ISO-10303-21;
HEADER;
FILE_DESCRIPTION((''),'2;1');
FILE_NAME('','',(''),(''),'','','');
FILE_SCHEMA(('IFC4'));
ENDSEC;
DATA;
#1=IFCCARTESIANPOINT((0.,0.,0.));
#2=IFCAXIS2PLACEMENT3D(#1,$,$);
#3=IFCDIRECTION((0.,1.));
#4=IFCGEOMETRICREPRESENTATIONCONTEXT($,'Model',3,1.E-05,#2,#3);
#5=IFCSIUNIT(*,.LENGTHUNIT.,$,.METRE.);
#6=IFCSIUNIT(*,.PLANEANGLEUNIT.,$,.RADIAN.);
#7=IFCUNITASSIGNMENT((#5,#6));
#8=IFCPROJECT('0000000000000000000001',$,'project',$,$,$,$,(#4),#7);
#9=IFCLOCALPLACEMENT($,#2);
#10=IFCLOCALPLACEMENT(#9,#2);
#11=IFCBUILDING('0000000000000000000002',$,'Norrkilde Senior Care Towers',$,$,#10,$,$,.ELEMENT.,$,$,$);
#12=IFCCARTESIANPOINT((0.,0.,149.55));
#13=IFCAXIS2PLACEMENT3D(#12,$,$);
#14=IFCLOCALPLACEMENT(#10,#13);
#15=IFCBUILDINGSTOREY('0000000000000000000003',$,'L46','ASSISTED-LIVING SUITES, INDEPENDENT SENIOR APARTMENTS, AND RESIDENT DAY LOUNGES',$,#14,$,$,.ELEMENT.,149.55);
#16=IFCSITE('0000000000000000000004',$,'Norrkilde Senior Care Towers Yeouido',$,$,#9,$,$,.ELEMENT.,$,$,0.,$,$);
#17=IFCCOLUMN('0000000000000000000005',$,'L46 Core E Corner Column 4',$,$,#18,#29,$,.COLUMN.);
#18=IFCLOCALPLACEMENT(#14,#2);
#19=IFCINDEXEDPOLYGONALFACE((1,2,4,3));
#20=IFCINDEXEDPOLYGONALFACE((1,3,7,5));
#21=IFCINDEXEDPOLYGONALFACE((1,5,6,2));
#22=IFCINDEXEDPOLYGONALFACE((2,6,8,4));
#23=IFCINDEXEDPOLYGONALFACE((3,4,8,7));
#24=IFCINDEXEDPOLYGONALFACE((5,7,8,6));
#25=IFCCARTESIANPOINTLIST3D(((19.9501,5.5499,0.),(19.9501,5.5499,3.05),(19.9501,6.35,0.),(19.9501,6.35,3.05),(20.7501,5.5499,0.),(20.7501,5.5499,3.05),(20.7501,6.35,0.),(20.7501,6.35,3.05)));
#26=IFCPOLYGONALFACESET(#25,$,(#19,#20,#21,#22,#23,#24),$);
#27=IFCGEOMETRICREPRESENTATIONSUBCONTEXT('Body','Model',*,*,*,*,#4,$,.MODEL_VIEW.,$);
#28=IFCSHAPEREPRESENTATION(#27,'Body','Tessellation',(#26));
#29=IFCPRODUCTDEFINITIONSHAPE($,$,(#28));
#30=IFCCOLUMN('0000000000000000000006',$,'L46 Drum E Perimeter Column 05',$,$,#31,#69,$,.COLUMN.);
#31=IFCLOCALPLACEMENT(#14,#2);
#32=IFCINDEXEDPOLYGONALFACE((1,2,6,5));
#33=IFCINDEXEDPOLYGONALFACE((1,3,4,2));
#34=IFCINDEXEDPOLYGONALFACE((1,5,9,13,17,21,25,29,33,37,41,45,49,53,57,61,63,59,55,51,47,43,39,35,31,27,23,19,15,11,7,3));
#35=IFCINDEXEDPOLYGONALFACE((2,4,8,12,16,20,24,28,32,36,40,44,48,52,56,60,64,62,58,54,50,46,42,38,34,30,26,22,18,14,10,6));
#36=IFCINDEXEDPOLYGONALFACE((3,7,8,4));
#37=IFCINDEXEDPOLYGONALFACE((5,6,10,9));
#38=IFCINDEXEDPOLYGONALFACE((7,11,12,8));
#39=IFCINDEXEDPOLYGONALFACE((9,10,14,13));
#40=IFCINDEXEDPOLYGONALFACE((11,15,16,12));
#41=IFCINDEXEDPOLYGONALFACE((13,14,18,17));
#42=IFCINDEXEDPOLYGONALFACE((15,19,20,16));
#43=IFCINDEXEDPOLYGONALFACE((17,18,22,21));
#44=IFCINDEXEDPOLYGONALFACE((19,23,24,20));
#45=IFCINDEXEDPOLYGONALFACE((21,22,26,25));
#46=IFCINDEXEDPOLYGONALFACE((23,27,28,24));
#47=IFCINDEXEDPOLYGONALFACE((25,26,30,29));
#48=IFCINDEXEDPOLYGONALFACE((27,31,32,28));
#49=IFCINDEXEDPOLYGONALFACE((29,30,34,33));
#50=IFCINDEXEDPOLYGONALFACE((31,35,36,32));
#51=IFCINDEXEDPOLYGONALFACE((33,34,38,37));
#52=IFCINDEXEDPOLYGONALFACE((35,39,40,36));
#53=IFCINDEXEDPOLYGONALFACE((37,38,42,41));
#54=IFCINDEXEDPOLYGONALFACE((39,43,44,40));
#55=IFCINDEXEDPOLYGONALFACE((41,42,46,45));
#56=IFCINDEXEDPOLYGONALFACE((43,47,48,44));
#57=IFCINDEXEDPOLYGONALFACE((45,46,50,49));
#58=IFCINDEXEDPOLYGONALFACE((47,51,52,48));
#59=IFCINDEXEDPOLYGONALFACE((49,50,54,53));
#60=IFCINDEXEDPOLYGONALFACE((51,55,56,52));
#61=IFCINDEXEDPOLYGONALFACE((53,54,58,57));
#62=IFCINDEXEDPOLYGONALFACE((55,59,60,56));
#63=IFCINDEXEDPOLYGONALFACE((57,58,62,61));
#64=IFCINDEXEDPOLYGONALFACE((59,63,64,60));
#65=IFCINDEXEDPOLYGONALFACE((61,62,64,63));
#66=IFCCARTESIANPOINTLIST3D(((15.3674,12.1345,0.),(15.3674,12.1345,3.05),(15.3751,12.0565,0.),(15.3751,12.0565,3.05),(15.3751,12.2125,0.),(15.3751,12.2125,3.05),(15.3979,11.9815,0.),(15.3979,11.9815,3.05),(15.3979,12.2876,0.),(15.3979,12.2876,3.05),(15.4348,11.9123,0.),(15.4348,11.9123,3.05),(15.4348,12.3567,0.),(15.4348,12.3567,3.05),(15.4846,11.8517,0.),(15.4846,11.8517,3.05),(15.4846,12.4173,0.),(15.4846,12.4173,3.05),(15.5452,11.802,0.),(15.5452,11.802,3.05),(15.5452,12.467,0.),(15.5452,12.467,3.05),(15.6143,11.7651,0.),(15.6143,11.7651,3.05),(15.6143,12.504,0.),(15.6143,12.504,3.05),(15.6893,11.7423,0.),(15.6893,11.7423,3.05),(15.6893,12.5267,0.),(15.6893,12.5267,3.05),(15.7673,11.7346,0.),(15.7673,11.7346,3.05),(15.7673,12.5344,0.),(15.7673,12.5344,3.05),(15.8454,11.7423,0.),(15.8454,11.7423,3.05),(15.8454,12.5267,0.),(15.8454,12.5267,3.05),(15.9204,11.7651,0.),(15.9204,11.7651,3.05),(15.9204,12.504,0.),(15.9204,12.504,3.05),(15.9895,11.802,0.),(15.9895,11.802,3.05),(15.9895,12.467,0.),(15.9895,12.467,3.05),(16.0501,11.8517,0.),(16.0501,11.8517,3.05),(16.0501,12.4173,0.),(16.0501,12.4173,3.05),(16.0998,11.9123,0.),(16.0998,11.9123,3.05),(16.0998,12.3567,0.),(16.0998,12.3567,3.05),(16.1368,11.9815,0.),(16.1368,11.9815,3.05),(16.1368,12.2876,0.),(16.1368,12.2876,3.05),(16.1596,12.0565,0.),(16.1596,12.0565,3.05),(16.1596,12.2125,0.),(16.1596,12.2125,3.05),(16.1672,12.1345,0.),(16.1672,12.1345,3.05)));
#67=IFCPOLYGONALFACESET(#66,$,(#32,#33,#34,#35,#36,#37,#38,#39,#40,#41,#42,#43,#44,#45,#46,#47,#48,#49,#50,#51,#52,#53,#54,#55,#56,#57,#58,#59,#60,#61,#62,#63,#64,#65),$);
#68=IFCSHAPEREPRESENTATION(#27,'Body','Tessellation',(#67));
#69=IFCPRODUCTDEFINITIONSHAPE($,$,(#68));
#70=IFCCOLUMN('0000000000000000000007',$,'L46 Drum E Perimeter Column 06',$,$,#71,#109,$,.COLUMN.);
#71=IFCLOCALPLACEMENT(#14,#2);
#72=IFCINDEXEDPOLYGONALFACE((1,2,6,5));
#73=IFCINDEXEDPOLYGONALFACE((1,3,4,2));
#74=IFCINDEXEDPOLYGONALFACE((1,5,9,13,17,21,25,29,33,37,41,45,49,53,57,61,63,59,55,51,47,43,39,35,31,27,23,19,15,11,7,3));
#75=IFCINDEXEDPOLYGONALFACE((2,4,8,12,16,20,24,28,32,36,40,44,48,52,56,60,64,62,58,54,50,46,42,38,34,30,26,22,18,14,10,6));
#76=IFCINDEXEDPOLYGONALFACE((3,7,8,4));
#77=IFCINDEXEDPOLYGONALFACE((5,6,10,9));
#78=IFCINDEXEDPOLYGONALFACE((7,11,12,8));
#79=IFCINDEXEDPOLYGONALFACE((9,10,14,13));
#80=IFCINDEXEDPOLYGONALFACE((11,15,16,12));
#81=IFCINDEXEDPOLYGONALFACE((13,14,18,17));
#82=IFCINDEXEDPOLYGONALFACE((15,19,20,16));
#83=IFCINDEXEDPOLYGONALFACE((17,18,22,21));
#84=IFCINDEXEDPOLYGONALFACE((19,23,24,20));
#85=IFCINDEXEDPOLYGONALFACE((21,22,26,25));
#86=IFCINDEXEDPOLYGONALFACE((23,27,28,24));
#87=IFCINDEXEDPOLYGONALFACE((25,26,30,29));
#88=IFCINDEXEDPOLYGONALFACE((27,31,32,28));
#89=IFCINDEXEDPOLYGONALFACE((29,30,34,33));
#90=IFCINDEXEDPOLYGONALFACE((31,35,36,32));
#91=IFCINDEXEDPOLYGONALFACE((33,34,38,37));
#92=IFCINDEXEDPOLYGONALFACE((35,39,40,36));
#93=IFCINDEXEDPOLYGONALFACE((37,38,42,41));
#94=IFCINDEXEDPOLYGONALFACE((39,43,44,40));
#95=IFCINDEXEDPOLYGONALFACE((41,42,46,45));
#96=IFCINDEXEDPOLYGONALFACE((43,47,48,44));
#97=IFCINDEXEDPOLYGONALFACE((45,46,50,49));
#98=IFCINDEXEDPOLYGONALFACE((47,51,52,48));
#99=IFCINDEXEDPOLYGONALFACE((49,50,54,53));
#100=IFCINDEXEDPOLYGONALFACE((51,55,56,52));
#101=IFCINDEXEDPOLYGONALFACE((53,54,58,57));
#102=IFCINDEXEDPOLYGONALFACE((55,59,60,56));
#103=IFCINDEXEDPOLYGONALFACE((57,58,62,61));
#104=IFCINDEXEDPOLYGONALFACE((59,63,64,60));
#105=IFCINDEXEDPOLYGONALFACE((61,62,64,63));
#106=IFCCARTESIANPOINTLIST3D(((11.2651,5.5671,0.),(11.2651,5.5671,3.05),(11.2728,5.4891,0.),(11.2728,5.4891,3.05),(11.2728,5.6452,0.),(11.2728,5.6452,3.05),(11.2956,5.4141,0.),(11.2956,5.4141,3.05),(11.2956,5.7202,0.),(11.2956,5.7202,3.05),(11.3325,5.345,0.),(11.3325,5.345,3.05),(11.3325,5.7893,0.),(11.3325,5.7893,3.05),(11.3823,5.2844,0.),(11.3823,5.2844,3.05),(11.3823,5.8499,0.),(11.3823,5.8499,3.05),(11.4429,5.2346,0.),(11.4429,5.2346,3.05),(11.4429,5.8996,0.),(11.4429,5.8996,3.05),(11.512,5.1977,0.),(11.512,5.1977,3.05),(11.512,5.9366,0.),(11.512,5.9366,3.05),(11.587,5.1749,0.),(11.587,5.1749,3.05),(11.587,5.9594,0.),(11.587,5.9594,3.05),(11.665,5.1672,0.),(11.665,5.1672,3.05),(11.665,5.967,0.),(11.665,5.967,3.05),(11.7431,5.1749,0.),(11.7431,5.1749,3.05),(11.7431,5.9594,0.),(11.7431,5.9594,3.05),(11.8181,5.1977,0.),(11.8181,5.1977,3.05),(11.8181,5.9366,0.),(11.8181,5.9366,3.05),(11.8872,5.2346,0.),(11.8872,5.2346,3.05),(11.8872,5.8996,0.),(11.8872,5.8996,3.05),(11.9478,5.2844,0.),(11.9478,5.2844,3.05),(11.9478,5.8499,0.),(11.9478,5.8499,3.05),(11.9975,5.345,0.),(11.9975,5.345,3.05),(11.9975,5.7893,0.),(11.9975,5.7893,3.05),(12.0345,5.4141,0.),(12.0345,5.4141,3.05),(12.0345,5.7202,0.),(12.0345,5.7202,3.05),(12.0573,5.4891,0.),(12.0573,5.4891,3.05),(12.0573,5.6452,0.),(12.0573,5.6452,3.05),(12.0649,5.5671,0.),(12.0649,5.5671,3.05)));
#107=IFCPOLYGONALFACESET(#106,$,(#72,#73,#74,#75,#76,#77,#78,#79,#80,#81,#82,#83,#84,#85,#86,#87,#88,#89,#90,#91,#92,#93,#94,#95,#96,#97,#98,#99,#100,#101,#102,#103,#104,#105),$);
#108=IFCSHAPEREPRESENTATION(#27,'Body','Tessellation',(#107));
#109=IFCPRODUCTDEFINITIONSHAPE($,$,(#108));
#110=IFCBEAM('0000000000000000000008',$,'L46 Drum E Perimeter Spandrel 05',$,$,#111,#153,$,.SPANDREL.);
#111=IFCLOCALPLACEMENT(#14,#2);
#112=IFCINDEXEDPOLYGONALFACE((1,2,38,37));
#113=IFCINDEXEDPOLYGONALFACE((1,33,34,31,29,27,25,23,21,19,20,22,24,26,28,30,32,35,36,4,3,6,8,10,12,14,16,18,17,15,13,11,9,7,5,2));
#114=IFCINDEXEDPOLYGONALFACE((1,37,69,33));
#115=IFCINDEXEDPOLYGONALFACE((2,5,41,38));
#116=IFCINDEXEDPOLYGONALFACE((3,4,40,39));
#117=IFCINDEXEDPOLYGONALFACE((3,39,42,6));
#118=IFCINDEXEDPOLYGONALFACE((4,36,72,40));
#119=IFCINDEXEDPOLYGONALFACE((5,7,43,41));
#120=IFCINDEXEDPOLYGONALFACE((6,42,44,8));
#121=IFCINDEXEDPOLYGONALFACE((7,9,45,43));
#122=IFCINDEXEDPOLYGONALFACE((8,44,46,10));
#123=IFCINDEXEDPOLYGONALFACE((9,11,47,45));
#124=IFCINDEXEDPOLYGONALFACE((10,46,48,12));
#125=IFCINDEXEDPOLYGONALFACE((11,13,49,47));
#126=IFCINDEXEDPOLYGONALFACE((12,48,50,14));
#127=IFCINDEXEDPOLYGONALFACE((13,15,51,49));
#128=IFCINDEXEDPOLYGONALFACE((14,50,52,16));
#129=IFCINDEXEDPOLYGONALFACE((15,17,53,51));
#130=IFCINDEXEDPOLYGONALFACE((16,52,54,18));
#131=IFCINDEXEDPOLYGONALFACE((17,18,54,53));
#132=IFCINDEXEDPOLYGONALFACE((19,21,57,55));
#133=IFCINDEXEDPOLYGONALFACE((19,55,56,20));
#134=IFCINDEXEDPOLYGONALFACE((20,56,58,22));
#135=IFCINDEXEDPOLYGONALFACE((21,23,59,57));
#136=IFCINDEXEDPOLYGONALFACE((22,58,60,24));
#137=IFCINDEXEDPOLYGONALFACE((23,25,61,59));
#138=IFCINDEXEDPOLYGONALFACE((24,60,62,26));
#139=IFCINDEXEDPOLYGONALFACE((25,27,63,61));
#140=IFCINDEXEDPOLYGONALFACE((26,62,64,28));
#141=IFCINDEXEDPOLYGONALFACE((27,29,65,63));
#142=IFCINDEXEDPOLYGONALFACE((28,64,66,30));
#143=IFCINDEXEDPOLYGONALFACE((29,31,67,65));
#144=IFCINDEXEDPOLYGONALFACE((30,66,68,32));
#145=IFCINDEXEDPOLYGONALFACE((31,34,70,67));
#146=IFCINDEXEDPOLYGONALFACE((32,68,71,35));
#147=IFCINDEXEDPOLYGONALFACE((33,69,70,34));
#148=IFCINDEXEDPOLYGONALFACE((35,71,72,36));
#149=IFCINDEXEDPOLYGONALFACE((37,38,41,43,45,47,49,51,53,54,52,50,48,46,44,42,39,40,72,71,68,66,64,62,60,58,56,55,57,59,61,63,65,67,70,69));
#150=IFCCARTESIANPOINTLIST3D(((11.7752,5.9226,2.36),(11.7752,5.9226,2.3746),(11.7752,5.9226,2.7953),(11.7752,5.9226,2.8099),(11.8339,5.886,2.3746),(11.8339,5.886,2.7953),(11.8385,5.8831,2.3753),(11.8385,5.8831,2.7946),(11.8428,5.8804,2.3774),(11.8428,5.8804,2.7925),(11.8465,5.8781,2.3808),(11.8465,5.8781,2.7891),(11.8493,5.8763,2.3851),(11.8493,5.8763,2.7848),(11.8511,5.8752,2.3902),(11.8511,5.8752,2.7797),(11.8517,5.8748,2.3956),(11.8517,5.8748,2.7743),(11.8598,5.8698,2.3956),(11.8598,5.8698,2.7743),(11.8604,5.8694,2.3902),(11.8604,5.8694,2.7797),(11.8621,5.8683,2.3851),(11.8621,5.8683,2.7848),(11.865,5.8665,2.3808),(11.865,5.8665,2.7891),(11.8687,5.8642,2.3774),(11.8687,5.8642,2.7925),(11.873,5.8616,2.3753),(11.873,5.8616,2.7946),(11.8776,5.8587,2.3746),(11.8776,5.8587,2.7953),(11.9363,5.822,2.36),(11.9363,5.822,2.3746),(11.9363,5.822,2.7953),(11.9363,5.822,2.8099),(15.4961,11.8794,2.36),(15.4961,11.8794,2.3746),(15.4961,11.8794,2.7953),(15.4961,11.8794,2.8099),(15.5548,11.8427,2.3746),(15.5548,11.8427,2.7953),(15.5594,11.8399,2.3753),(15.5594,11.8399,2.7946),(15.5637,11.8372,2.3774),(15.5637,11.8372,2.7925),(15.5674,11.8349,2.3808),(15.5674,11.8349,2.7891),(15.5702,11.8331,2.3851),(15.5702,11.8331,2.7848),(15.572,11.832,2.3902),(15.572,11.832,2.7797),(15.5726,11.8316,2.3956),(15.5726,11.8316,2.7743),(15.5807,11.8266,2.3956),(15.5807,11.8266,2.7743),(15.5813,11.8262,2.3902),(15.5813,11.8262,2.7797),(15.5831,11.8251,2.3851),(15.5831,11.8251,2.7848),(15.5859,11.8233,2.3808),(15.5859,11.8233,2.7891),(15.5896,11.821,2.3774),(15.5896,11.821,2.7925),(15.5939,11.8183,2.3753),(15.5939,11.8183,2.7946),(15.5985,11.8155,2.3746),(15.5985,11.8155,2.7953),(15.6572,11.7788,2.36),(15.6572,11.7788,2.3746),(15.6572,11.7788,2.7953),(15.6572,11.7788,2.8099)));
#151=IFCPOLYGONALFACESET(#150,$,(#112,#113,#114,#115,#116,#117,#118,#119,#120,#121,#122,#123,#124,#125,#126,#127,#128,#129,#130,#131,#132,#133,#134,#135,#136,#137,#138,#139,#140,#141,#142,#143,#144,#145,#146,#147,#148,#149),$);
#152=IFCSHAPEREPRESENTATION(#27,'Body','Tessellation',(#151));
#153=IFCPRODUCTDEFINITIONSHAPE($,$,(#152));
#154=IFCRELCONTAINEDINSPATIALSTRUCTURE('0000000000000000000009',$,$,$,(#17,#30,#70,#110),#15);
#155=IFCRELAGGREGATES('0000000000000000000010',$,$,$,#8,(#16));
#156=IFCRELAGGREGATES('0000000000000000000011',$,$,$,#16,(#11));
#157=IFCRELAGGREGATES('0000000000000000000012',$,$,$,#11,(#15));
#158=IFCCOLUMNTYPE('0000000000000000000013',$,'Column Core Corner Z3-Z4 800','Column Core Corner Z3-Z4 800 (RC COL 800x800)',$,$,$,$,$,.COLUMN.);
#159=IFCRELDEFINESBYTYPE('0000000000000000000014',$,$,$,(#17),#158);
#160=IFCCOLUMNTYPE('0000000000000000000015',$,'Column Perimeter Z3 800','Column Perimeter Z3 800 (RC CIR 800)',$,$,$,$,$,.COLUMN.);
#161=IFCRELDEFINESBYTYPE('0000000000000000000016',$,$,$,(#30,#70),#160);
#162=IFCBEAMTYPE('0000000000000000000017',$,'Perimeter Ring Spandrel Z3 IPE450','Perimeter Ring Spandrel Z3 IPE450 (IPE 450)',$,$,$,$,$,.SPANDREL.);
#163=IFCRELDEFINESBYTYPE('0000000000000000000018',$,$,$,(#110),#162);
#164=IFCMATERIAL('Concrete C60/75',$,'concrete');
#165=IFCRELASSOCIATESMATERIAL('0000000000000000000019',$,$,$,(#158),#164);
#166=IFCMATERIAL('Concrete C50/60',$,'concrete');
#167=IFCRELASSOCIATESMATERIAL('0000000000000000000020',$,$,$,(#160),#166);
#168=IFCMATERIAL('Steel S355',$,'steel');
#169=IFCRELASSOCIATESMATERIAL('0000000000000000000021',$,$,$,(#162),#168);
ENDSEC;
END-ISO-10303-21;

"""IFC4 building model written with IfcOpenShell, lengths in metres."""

from ifc_helpers import new_model, si_unit, direction, frame, origin, origin_2d, place, context, subcontext, project, spatial, rectangle, circle, i_section, extrude, source, transform, mapped, material, material_profile, profile_set, type_object, type_shapes, element, save


model = new_model("IFC4")

# Units and contexts
model_context = context("Model", 3, precision=1e-05, world=origin(), true_north=direction((0.0, 1.0)))
body_context = subcontext(model_context, "Body", "Model", "MODEL_VIEW")
ifc_project = project(units=[si_unit("LENGTHUNIT", "METRE"), si_unit("PLANEANGLEUNIT", "RADIAN")], contexts=[model_context])

# Site, building, storey
site_placement = place(None, origin())
site = spatial("IfcSite", under=ifc_project, at=site_placement, Name="Norrkilde Senior Care Towers Yeouido", CompositionType="ELEMENT", RefElevation=0.0)
building_placement = place(site_placement, origin())
building = spatial("IfcBuilding", under=site, at=building_placement, Name="Norrkilde Senior Care Towers", CompositionType="ELEMENT")
storey_placement = place(building_placement, frame((0.0, 0.0, 149.55)))
storey = spatial("IfcBuildingStorey", under=building, at=storey_placement, Name="L46", Description="ASSISTED-LIVING SUITES, INDEPENDENT SENIOR APARTMENTS, AND RESIDENT DAY LOUNGES", CompositionType="ELEMENT", Elevation=149.55)

# Columns
ifc_material_1 = material(Name="Concrete C60/75", Category="concrete")
ifc_material_profile_1 = material_profile(ifc_material_1, rectangle(XDim=0.8, YDim=0.8, at=origin_2d()), Name="RC COL 800x800")
ifc_profile_set_1 = profile_set([ifc_material_profile_1], Name="Concrete C60/75")
column_type_1 = type_object("IfcColumnType", Name="Column Core Corner Z3-Z4 800", Description="Column Core Corner Z3-Z4 800 (RC COL 800x800)", PredefinedType="COLUMN", material=ifc_profile_set_1)
shared_shape_1 = source(origin(), body_context, "Body", "SweptSolid", [
    extrude(rectangle(XDim=0.8, YDim=0.8, at=origin_2d()), origin(), (0.0, 0.0, 1.0), 3.05),
])
type_shapes(column_type_1, [shared_shape_1])
column_placement = place(storey_placement, frame((20.3501, 5.95, 0.0), z_axis=(0.0, 0.0, 1.0), x_axis=(1.0, 0.0, 0.0)))
element("IfcColumn", 1, at=column_placement, inside=storey, type_object=column_type_1, Name="L46 Core E Corner Column 4", PredefinedType="COLUMN", context=body_context, shape_type="MappedRepresentation", body=[
    mapped(shared_shape_1, transform((0.0, 0.0, 0.0), x_axis=(1.0, 0.0, 0.0), y_axis=(0.0, 1.0, 0.0), z_axis=(0.0, 0.0, 1.0), scale=1.0)),
])
ifc_material_2 = material(Name="Concrete C50/60", Category="concrete")
ifc_material_profile_2 = material_profile(ifc_material_2, circle(Radius=0.3999, at=origin_2d()), Name="RC CIR 800")
ifc_profile_set_2 = profile_set([ifc_material_profile_2], Name="Concrete C50/60")
column_type_2 = type_object("IfcColumnType", Name="Column Perimeter Z3 800", Description="Column Perimeter Z3 800 (RC CIR 800)", PredefinedType="COLUMN", material=ifc_profile_set_2)
shared_shape_2 = source(origin(), body_context, "Body", "SweptSolid", [
    extrude(circle(Radius=0.3999, at=origin_2d()), origin(), (0.0, 0.0, 1.0), 3.05),
])
type_shapes(column_type_2, [shared_shape_2])
for number, where, z_axis, x_axis, name in (
    (2, (15.7673, 12.1345, 0.0), (0.0, 0.0, 1.0), (1.0, 0.0, 0.0), "L46 Drum E Perimeter Column 05"),
    (3, (11.665, 5.5671, 0.0), (0.0, 0.0, 1.0), (1.0, 0.0, 0.0), "L46 Drum E Perimeter Column 06"),
):
    element("IfcColumn", number, at=place(storey_placement, frame(where, z_axis=z_axis, x_axis=x_axis)), inside=storey, type_object=column_type_2, Name=name, PredefinedType="COLUMN", context=body_context, shape_type="MappedRepresentation", body=[
        mapped(shared_shape_2, transform((0.0, 0.0, 0.0), x_axis=(1.0, 0.0, 0.0), y_axis=(0.0, 1.0, 0.0), z_axis=(0.0, 0.0, 1.0), scale=1.0)),
    ])

# Beam
ifc_material_3 = material(Name="Steel S355", Category="steel")
ifc_material_profile_3 = material_profile(ifc_material_3, i_section(OverallWidth=0.1899, OverallDepth=0.45, WebThickness=0.0095, FlangeThickness=0.0146, FilletRadius=0.021, at=origin_2d()), Name="IPE 450")
ifc_profile_set_3 = profile_set([ifc_material_profile_3], Name="Steel S355")
beam_type_1 = type_object("IfcBeamType", Name="Perimeter Ring Spandrel Z3 IPE450", Description="Perimeter Ring Spandrel Z3 IPE450 (IPE 450)", PredefinedType="SPANDREL", material=ifc_profile_set_3)
shared_shape_3 = source(origin(), body_context, "Body", "SweptSolid", [
    extrude(i_section(OverallWidth=0.1899, OverallDepth=0.45, WebThickness=0.0095, FlangeThickness=0.0146, FilletRadius=0.021, at=origin_2d()), origin(), (0.0, 0.0, 1.0), 7.0234),
])
beam_1_placement = place(storey_placement, frame((15.5767, 11.8291, 2.585), z_axis=(-0.52979, -0.848129, 0.0), x_axis=(0.848129, -0.52979, 0.0)))
element("IfcBeam", 4, at=beam_1_placement, inside=storey, type_object=beam_type_1, Name="L46 Drum E Perimeter Spandrel 05", PredefinedType="SPANDREL", context=body_context, shape_type="MappedRepresentation", body=[
    mapped(shared_shape_3, transform((0.0, 0.0, 0.0), x_axis=(1.0, 0.0, 0.0), y_axis=(0.0, 1.0, 0.0), z_axis=(0.0, 0.0, 1.0), scale=1.0)),
])

save(model, "model.ifc")
